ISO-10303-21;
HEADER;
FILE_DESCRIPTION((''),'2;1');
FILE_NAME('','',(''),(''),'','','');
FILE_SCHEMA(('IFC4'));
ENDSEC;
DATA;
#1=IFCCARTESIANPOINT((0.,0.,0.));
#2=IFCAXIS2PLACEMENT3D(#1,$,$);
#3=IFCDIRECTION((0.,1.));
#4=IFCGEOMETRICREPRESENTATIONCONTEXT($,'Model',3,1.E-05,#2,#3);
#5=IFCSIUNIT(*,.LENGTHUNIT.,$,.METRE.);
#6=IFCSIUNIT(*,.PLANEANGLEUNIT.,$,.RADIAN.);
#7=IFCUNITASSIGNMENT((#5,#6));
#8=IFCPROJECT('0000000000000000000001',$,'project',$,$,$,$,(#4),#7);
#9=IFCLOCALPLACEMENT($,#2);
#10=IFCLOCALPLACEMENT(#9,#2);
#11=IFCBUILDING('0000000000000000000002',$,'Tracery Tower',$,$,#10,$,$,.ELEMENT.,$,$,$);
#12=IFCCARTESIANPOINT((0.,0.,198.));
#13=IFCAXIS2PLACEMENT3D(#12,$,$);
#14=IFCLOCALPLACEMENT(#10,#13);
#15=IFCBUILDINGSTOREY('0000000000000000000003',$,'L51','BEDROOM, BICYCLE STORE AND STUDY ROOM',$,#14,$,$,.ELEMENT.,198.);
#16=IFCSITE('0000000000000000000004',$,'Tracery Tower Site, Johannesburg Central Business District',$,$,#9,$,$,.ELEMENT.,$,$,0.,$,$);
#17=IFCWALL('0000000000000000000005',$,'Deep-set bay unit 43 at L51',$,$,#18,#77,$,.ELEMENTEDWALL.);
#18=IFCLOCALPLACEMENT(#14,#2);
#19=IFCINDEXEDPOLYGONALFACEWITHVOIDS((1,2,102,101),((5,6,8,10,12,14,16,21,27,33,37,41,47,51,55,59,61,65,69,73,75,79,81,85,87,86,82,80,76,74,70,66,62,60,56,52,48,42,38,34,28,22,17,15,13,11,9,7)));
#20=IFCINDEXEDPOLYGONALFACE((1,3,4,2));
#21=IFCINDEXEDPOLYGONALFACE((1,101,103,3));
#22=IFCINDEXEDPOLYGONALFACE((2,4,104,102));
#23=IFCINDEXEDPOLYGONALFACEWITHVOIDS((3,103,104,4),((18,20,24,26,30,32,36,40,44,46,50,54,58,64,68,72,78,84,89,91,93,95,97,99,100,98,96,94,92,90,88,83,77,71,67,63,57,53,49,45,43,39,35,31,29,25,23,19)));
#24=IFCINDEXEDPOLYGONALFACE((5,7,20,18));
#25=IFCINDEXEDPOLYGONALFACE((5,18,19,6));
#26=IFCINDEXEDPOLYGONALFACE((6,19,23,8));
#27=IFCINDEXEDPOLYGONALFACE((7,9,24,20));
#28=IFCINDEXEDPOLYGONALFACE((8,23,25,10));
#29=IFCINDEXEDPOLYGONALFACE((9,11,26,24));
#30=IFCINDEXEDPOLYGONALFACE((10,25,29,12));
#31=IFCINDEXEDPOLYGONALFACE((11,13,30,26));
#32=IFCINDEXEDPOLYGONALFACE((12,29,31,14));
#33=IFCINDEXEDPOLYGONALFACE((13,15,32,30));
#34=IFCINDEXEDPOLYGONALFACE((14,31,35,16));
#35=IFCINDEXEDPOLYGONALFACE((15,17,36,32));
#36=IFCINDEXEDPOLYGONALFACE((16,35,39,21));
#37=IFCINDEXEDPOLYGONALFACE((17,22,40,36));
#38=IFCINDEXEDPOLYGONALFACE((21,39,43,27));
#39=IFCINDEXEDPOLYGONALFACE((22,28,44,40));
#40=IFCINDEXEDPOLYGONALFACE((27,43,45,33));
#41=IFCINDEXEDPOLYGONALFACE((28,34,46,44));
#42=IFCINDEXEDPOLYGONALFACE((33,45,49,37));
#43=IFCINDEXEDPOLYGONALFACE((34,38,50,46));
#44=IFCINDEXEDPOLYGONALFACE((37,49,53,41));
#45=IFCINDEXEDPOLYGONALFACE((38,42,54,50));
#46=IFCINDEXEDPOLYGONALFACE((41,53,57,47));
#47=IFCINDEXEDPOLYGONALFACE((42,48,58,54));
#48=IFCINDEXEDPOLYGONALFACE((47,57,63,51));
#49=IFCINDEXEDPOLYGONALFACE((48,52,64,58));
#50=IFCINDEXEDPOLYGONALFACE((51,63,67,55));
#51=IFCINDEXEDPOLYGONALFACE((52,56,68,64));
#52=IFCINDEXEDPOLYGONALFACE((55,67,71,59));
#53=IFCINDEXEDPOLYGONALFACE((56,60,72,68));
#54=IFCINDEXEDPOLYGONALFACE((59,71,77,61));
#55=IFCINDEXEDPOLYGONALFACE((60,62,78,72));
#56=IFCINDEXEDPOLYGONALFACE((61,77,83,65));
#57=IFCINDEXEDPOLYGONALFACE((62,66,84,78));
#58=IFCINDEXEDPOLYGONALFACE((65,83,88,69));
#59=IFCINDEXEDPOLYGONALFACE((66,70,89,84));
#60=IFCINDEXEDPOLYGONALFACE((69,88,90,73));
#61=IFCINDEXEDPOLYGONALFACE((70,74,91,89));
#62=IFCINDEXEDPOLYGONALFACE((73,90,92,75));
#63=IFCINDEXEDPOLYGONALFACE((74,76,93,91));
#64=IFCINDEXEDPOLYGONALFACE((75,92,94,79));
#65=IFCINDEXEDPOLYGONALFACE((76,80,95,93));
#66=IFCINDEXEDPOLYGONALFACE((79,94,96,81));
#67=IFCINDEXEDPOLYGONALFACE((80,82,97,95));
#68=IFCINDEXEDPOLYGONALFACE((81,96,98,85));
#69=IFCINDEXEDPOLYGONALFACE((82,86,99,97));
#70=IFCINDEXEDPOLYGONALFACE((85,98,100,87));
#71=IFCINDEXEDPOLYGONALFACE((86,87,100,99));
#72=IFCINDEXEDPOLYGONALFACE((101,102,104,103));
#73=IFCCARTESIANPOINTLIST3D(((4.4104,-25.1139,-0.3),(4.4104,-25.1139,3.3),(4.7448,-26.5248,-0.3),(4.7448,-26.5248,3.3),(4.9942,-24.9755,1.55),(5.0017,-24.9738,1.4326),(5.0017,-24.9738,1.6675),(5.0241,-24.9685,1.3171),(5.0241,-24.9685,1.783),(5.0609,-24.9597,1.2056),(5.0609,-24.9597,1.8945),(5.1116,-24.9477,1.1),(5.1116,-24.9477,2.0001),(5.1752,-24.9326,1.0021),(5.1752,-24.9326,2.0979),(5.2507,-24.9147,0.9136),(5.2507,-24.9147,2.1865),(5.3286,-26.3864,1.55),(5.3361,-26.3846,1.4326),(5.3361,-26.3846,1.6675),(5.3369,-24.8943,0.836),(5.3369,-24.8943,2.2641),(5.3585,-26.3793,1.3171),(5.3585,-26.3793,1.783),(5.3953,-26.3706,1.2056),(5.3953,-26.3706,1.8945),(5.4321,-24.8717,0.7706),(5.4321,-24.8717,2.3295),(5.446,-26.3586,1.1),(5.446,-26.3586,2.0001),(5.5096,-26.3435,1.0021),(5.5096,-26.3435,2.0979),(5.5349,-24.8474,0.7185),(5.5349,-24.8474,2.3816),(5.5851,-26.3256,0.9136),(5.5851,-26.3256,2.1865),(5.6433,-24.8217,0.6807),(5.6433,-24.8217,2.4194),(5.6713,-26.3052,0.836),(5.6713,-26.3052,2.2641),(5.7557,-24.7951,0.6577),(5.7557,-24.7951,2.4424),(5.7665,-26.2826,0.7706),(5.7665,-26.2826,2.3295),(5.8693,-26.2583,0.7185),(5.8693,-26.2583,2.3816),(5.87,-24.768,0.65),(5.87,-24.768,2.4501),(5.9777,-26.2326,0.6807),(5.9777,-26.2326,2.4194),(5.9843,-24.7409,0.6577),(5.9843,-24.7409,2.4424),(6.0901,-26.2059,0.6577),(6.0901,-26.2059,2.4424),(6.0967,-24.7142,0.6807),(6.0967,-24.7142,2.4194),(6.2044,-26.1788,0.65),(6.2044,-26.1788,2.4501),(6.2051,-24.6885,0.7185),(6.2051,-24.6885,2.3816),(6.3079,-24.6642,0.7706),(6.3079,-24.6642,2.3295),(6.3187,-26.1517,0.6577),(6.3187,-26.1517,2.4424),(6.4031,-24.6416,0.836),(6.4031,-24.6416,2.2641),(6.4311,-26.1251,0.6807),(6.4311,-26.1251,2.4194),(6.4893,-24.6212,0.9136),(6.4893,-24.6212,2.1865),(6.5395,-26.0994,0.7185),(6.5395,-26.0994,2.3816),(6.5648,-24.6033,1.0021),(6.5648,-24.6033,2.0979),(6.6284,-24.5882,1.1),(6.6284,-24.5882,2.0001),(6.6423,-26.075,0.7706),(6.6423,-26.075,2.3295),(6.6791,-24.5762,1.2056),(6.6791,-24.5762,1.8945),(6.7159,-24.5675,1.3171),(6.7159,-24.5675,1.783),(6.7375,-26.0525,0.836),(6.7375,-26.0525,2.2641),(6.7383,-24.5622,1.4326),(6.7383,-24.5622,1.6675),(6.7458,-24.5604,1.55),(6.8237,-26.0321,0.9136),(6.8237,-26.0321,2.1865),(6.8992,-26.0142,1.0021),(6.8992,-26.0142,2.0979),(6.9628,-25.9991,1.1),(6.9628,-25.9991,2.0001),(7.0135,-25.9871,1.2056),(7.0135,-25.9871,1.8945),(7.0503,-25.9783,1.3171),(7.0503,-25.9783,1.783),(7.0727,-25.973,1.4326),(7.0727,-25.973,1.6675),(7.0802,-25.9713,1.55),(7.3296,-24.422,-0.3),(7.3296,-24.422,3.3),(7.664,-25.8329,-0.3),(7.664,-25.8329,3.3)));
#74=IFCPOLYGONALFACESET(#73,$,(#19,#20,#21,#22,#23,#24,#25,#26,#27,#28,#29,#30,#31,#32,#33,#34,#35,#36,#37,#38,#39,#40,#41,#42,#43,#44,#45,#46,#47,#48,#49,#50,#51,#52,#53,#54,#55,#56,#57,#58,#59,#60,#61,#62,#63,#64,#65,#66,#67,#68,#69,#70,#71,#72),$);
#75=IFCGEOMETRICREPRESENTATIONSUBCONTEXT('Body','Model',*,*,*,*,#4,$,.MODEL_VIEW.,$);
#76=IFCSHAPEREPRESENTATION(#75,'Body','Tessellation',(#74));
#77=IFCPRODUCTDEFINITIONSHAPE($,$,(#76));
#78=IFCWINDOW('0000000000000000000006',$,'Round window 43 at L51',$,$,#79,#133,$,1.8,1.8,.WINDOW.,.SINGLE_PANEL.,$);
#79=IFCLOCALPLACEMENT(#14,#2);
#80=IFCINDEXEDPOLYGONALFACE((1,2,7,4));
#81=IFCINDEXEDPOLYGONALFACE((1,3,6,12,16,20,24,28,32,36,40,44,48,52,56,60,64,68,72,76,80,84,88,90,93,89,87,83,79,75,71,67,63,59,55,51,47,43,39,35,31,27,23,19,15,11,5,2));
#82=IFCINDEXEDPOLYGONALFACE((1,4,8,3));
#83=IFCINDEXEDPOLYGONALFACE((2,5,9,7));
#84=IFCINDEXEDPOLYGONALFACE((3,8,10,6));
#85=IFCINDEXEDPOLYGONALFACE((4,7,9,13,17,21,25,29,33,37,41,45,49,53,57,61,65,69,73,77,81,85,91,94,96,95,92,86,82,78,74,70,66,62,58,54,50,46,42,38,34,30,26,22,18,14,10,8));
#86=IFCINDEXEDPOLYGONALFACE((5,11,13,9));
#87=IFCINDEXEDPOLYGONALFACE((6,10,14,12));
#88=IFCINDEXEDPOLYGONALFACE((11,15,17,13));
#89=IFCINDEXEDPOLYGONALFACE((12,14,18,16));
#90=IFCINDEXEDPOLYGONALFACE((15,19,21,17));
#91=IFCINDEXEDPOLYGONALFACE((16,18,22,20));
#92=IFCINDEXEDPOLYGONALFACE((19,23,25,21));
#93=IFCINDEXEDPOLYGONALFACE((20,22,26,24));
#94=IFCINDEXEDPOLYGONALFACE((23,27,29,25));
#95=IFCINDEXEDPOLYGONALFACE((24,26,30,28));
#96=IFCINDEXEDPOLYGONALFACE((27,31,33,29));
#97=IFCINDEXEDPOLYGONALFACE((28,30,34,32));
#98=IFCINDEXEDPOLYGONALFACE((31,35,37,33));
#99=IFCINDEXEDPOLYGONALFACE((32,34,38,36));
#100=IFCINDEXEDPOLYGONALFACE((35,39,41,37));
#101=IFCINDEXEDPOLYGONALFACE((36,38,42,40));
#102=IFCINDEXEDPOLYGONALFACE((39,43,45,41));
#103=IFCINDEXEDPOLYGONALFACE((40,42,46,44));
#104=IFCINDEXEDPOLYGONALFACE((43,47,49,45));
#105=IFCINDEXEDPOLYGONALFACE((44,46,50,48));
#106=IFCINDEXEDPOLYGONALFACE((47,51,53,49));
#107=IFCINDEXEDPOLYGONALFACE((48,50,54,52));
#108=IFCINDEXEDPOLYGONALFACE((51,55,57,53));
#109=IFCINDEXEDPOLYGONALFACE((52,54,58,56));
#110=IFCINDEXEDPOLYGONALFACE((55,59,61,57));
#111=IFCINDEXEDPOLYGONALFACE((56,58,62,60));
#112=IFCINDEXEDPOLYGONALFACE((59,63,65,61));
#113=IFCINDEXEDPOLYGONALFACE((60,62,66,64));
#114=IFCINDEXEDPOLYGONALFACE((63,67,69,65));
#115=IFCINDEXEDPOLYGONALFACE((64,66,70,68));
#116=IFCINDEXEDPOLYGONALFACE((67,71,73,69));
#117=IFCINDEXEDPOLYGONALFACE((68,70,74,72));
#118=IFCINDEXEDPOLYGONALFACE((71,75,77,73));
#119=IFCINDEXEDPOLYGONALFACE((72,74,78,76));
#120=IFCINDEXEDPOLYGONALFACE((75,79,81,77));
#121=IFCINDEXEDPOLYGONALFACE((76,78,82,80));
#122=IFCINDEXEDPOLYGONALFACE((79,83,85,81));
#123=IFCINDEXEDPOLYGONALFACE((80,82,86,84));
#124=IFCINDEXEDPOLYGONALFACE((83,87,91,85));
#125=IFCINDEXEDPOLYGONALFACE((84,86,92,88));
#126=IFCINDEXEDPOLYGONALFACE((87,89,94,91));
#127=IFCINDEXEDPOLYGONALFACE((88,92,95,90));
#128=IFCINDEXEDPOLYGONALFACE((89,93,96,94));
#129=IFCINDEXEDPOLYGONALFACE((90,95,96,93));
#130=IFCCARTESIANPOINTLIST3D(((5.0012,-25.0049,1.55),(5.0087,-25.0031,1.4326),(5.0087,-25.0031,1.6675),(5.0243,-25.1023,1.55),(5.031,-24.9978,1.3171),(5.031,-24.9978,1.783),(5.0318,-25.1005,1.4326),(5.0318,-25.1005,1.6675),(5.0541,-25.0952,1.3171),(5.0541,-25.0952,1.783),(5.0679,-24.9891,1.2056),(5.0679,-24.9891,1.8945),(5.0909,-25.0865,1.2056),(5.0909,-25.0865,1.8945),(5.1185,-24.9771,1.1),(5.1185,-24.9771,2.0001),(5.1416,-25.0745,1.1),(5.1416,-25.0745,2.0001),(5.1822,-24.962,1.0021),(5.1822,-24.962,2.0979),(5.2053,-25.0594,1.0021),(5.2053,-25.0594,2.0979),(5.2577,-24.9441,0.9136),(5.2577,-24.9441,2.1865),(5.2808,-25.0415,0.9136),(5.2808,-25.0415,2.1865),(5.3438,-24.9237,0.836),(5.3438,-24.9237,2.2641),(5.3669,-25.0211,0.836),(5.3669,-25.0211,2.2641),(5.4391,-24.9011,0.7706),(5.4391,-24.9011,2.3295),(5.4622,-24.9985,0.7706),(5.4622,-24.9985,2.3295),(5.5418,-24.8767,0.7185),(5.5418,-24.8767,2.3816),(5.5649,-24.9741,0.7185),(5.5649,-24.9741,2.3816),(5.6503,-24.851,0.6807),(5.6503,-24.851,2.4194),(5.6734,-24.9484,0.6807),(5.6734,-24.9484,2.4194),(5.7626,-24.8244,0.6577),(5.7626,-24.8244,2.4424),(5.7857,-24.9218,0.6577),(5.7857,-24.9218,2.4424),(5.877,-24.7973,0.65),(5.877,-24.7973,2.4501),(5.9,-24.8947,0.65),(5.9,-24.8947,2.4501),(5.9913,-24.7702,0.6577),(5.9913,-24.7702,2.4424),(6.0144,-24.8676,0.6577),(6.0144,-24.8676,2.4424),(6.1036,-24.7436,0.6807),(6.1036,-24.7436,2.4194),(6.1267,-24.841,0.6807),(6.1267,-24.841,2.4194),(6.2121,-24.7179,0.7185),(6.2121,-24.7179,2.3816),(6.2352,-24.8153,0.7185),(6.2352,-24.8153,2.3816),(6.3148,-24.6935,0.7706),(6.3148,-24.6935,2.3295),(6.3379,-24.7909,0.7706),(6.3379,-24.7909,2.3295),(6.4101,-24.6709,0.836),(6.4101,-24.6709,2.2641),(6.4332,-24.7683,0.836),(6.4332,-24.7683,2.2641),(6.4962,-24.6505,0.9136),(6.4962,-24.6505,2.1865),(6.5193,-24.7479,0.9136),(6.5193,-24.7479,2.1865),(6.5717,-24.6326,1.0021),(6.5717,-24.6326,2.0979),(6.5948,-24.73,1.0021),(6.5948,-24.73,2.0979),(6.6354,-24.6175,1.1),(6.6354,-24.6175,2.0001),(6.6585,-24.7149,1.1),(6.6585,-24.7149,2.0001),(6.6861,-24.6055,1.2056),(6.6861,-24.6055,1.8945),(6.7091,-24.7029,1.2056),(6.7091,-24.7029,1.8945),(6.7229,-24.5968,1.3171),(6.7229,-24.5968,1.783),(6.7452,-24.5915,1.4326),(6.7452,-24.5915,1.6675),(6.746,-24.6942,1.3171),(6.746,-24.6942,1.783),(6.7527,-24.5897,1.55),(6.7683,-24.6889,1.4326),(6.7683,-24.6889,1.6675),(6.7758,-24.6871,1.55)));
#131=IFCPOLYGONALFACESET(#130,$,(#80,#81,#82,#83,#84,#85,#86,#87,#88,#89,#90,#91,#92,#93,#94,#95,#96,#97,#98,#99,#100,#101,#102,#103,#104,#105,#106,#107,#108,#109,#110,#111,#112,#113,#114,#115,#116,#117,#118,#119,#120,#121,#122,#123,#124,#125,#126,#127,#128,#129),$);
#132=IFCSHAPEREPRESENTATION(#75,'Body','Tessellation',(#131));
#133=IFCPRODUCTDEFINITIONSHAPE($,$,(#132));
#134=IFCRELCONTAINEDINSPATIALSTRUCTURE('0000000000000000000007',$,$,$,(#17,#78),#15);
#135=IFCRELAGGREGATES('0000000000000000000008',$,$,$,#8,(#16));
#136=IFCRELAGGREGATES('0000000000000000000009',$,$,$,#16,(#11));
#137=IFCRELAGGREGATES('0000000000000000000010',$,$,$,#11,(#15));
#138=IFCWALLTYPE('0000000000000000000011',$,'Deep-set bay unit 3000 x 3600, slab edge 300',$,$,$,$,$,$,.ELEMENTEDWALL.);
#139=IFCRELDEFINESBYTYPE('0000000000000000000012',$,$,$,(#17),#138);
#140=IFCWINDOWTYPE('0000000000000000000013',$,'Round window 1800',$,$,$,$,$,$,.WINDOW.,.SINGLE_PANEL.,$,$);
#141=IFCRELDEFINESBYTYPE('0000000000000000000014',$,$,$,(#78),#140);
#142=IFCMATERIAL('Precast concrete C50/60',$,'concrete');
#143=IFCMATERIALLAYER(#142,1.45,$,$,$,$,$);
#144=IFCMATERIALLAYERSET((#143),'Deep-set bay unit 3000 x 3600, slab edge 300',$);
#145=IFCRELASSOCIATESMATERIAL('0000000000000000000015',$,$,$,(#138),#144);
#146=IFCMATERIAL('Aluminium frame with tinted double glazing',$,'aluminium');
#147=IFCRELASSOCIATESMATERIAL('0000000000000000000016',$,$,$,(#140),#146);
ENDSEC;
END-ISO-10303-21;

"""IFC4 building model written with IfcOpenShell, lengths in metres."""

from ifc_helpers import new_model, si_unit, direction, frame, frame_2d, origin, origin_2d, place, context, subcontext, project, spatial, rectangle, circle, extrude, material, layer, layer_set, type_object, element, fill, save


model = new_model("IFC4")

# Units and contexts
model_context = context("Model", 3, precision=1e-05, world=origin(), true_north=direction((0.0, 1.0)))
body_context = subcontext(model_context, "Body", "Model", "MODEL_VIEW")
ifc_project = project(units=[si_unit("LENGTHUNIT", "METRE"), si_unit("PLANEANGLEUNIT", "RADIAN")], contexts=[model_context])

# Site, building, storey
site_placement = place(None, origin())
site = spatial("IfcSite", under=ifc_project, at=site_placement, Name="Tracery Tower Site, Johannesburg Central Business District", CompositionType="ELEMENT", RefElevation=0.0)
building_placement = place(site_placement, origin())
building = spatial("IfcBuilding", under=site, at=building_placement, Name="Tracery Tower", CompositionType="ELEMENT")
storey_placement = place(building_placement, frame((0.0, 0.0, 198.0)))
storey = spatial("IfcBuildingStorey", under=building, at=storey_placement, Name="L51", Description="BEDROOM, BICYCLE STORE AND STUDY ROOM", CompositionType="ELEMENT", Elevation=198.0)

# Wall, opening, window
ifc_material_1 = material(Name="Precast concrete C50/60", Category="concrete")
ifc_layer_1 = layer(ifc_material_1, 1.45)
ifc_layer_set_1 = layer_set([ifc_layer_1], Name="Deep-set bay unit 3000 x 3600, slab edge 300")
wall_type_1 = type_object("IfcWallType", Name="Deep-set bay unit 3000 x 3600, slab edge 300", PredefinedType="ELEMENTEDWALL", material=ifc_layer_set_1)
wall_1_placement = place(storey_placement, frame((4.5776, -25.8193, -0.3), z_axis=(0.0, 0.0, 1.0), x_axis=(0.973042, 0.230627, 0.0)))
wall_1 = element("IfcWall", 1, at=wall_1_placement, inside=storey, type_object=wall_type_1, Name="Deep-set bay unit 43 at L51", PredefinedType="ELEMENTEDWALL", context=body_context, shape_type="SweptSolid", body=[
    extrude(rectangle(XDim=3.0, YDim=1.45, at=frame_2d((1.5, 0.0))), origin(), (0.0, 0.0, 1.0), 3.6001),
])
opening_1_placement = place(wall_1_placement, frame((1.5, 0.0, 1.8501)))
opening_1 = element("IfcOpeningElement", 2, at=opening_1_placement, cuts=wall_1, PredefinedType="OPENING", context=body_context, shape_type="SweptSolid", body=[
    extrude(circle(Radius=0.9, at=origin_2d()), frame((0.0, 0.7349, 0.0), z_axis=(0.0, -1.0, 0.0), x_axis=(1.0, 0.0, 0.0)), (0.0, 0.0, 1.0), 1.47),
])
ifc_material_2 = material(Name="Aluminium frame with tinted double glazing", Category="aluminium")
window_type = type_object("IfcWindowType", Name="Round window 1800", PartitioningType="SINGLE_PANEL", PredefinedType="WINDOW", material=ifc_material_2)
window_1_placement = place(opening_1_placement, origin())
window_1 = element("IfcWindow", 3, at=window_1_placement, inside=storey, type_object=window_type, Name="Round window 43 at L51", OverallHeight=1.8, OverallWidth=1.8, PartitioningType="SINGLE_PANEL", PredefinedType="WINDOW", context=body_context, shape_type="SweptSolid", body=[
    extrude(circle(Radius=0.9, at=origin_2d()), frame((0.0, 0.6948, 0.0), z_axis=(0.0, -1.0, 0.0), x_axis=(1.0, 0.0, 0.0)), (0.0, 0.0, 1.0), 0.1001),
])
fill(opening_1, window_1)

save(model, "model.ifc")
